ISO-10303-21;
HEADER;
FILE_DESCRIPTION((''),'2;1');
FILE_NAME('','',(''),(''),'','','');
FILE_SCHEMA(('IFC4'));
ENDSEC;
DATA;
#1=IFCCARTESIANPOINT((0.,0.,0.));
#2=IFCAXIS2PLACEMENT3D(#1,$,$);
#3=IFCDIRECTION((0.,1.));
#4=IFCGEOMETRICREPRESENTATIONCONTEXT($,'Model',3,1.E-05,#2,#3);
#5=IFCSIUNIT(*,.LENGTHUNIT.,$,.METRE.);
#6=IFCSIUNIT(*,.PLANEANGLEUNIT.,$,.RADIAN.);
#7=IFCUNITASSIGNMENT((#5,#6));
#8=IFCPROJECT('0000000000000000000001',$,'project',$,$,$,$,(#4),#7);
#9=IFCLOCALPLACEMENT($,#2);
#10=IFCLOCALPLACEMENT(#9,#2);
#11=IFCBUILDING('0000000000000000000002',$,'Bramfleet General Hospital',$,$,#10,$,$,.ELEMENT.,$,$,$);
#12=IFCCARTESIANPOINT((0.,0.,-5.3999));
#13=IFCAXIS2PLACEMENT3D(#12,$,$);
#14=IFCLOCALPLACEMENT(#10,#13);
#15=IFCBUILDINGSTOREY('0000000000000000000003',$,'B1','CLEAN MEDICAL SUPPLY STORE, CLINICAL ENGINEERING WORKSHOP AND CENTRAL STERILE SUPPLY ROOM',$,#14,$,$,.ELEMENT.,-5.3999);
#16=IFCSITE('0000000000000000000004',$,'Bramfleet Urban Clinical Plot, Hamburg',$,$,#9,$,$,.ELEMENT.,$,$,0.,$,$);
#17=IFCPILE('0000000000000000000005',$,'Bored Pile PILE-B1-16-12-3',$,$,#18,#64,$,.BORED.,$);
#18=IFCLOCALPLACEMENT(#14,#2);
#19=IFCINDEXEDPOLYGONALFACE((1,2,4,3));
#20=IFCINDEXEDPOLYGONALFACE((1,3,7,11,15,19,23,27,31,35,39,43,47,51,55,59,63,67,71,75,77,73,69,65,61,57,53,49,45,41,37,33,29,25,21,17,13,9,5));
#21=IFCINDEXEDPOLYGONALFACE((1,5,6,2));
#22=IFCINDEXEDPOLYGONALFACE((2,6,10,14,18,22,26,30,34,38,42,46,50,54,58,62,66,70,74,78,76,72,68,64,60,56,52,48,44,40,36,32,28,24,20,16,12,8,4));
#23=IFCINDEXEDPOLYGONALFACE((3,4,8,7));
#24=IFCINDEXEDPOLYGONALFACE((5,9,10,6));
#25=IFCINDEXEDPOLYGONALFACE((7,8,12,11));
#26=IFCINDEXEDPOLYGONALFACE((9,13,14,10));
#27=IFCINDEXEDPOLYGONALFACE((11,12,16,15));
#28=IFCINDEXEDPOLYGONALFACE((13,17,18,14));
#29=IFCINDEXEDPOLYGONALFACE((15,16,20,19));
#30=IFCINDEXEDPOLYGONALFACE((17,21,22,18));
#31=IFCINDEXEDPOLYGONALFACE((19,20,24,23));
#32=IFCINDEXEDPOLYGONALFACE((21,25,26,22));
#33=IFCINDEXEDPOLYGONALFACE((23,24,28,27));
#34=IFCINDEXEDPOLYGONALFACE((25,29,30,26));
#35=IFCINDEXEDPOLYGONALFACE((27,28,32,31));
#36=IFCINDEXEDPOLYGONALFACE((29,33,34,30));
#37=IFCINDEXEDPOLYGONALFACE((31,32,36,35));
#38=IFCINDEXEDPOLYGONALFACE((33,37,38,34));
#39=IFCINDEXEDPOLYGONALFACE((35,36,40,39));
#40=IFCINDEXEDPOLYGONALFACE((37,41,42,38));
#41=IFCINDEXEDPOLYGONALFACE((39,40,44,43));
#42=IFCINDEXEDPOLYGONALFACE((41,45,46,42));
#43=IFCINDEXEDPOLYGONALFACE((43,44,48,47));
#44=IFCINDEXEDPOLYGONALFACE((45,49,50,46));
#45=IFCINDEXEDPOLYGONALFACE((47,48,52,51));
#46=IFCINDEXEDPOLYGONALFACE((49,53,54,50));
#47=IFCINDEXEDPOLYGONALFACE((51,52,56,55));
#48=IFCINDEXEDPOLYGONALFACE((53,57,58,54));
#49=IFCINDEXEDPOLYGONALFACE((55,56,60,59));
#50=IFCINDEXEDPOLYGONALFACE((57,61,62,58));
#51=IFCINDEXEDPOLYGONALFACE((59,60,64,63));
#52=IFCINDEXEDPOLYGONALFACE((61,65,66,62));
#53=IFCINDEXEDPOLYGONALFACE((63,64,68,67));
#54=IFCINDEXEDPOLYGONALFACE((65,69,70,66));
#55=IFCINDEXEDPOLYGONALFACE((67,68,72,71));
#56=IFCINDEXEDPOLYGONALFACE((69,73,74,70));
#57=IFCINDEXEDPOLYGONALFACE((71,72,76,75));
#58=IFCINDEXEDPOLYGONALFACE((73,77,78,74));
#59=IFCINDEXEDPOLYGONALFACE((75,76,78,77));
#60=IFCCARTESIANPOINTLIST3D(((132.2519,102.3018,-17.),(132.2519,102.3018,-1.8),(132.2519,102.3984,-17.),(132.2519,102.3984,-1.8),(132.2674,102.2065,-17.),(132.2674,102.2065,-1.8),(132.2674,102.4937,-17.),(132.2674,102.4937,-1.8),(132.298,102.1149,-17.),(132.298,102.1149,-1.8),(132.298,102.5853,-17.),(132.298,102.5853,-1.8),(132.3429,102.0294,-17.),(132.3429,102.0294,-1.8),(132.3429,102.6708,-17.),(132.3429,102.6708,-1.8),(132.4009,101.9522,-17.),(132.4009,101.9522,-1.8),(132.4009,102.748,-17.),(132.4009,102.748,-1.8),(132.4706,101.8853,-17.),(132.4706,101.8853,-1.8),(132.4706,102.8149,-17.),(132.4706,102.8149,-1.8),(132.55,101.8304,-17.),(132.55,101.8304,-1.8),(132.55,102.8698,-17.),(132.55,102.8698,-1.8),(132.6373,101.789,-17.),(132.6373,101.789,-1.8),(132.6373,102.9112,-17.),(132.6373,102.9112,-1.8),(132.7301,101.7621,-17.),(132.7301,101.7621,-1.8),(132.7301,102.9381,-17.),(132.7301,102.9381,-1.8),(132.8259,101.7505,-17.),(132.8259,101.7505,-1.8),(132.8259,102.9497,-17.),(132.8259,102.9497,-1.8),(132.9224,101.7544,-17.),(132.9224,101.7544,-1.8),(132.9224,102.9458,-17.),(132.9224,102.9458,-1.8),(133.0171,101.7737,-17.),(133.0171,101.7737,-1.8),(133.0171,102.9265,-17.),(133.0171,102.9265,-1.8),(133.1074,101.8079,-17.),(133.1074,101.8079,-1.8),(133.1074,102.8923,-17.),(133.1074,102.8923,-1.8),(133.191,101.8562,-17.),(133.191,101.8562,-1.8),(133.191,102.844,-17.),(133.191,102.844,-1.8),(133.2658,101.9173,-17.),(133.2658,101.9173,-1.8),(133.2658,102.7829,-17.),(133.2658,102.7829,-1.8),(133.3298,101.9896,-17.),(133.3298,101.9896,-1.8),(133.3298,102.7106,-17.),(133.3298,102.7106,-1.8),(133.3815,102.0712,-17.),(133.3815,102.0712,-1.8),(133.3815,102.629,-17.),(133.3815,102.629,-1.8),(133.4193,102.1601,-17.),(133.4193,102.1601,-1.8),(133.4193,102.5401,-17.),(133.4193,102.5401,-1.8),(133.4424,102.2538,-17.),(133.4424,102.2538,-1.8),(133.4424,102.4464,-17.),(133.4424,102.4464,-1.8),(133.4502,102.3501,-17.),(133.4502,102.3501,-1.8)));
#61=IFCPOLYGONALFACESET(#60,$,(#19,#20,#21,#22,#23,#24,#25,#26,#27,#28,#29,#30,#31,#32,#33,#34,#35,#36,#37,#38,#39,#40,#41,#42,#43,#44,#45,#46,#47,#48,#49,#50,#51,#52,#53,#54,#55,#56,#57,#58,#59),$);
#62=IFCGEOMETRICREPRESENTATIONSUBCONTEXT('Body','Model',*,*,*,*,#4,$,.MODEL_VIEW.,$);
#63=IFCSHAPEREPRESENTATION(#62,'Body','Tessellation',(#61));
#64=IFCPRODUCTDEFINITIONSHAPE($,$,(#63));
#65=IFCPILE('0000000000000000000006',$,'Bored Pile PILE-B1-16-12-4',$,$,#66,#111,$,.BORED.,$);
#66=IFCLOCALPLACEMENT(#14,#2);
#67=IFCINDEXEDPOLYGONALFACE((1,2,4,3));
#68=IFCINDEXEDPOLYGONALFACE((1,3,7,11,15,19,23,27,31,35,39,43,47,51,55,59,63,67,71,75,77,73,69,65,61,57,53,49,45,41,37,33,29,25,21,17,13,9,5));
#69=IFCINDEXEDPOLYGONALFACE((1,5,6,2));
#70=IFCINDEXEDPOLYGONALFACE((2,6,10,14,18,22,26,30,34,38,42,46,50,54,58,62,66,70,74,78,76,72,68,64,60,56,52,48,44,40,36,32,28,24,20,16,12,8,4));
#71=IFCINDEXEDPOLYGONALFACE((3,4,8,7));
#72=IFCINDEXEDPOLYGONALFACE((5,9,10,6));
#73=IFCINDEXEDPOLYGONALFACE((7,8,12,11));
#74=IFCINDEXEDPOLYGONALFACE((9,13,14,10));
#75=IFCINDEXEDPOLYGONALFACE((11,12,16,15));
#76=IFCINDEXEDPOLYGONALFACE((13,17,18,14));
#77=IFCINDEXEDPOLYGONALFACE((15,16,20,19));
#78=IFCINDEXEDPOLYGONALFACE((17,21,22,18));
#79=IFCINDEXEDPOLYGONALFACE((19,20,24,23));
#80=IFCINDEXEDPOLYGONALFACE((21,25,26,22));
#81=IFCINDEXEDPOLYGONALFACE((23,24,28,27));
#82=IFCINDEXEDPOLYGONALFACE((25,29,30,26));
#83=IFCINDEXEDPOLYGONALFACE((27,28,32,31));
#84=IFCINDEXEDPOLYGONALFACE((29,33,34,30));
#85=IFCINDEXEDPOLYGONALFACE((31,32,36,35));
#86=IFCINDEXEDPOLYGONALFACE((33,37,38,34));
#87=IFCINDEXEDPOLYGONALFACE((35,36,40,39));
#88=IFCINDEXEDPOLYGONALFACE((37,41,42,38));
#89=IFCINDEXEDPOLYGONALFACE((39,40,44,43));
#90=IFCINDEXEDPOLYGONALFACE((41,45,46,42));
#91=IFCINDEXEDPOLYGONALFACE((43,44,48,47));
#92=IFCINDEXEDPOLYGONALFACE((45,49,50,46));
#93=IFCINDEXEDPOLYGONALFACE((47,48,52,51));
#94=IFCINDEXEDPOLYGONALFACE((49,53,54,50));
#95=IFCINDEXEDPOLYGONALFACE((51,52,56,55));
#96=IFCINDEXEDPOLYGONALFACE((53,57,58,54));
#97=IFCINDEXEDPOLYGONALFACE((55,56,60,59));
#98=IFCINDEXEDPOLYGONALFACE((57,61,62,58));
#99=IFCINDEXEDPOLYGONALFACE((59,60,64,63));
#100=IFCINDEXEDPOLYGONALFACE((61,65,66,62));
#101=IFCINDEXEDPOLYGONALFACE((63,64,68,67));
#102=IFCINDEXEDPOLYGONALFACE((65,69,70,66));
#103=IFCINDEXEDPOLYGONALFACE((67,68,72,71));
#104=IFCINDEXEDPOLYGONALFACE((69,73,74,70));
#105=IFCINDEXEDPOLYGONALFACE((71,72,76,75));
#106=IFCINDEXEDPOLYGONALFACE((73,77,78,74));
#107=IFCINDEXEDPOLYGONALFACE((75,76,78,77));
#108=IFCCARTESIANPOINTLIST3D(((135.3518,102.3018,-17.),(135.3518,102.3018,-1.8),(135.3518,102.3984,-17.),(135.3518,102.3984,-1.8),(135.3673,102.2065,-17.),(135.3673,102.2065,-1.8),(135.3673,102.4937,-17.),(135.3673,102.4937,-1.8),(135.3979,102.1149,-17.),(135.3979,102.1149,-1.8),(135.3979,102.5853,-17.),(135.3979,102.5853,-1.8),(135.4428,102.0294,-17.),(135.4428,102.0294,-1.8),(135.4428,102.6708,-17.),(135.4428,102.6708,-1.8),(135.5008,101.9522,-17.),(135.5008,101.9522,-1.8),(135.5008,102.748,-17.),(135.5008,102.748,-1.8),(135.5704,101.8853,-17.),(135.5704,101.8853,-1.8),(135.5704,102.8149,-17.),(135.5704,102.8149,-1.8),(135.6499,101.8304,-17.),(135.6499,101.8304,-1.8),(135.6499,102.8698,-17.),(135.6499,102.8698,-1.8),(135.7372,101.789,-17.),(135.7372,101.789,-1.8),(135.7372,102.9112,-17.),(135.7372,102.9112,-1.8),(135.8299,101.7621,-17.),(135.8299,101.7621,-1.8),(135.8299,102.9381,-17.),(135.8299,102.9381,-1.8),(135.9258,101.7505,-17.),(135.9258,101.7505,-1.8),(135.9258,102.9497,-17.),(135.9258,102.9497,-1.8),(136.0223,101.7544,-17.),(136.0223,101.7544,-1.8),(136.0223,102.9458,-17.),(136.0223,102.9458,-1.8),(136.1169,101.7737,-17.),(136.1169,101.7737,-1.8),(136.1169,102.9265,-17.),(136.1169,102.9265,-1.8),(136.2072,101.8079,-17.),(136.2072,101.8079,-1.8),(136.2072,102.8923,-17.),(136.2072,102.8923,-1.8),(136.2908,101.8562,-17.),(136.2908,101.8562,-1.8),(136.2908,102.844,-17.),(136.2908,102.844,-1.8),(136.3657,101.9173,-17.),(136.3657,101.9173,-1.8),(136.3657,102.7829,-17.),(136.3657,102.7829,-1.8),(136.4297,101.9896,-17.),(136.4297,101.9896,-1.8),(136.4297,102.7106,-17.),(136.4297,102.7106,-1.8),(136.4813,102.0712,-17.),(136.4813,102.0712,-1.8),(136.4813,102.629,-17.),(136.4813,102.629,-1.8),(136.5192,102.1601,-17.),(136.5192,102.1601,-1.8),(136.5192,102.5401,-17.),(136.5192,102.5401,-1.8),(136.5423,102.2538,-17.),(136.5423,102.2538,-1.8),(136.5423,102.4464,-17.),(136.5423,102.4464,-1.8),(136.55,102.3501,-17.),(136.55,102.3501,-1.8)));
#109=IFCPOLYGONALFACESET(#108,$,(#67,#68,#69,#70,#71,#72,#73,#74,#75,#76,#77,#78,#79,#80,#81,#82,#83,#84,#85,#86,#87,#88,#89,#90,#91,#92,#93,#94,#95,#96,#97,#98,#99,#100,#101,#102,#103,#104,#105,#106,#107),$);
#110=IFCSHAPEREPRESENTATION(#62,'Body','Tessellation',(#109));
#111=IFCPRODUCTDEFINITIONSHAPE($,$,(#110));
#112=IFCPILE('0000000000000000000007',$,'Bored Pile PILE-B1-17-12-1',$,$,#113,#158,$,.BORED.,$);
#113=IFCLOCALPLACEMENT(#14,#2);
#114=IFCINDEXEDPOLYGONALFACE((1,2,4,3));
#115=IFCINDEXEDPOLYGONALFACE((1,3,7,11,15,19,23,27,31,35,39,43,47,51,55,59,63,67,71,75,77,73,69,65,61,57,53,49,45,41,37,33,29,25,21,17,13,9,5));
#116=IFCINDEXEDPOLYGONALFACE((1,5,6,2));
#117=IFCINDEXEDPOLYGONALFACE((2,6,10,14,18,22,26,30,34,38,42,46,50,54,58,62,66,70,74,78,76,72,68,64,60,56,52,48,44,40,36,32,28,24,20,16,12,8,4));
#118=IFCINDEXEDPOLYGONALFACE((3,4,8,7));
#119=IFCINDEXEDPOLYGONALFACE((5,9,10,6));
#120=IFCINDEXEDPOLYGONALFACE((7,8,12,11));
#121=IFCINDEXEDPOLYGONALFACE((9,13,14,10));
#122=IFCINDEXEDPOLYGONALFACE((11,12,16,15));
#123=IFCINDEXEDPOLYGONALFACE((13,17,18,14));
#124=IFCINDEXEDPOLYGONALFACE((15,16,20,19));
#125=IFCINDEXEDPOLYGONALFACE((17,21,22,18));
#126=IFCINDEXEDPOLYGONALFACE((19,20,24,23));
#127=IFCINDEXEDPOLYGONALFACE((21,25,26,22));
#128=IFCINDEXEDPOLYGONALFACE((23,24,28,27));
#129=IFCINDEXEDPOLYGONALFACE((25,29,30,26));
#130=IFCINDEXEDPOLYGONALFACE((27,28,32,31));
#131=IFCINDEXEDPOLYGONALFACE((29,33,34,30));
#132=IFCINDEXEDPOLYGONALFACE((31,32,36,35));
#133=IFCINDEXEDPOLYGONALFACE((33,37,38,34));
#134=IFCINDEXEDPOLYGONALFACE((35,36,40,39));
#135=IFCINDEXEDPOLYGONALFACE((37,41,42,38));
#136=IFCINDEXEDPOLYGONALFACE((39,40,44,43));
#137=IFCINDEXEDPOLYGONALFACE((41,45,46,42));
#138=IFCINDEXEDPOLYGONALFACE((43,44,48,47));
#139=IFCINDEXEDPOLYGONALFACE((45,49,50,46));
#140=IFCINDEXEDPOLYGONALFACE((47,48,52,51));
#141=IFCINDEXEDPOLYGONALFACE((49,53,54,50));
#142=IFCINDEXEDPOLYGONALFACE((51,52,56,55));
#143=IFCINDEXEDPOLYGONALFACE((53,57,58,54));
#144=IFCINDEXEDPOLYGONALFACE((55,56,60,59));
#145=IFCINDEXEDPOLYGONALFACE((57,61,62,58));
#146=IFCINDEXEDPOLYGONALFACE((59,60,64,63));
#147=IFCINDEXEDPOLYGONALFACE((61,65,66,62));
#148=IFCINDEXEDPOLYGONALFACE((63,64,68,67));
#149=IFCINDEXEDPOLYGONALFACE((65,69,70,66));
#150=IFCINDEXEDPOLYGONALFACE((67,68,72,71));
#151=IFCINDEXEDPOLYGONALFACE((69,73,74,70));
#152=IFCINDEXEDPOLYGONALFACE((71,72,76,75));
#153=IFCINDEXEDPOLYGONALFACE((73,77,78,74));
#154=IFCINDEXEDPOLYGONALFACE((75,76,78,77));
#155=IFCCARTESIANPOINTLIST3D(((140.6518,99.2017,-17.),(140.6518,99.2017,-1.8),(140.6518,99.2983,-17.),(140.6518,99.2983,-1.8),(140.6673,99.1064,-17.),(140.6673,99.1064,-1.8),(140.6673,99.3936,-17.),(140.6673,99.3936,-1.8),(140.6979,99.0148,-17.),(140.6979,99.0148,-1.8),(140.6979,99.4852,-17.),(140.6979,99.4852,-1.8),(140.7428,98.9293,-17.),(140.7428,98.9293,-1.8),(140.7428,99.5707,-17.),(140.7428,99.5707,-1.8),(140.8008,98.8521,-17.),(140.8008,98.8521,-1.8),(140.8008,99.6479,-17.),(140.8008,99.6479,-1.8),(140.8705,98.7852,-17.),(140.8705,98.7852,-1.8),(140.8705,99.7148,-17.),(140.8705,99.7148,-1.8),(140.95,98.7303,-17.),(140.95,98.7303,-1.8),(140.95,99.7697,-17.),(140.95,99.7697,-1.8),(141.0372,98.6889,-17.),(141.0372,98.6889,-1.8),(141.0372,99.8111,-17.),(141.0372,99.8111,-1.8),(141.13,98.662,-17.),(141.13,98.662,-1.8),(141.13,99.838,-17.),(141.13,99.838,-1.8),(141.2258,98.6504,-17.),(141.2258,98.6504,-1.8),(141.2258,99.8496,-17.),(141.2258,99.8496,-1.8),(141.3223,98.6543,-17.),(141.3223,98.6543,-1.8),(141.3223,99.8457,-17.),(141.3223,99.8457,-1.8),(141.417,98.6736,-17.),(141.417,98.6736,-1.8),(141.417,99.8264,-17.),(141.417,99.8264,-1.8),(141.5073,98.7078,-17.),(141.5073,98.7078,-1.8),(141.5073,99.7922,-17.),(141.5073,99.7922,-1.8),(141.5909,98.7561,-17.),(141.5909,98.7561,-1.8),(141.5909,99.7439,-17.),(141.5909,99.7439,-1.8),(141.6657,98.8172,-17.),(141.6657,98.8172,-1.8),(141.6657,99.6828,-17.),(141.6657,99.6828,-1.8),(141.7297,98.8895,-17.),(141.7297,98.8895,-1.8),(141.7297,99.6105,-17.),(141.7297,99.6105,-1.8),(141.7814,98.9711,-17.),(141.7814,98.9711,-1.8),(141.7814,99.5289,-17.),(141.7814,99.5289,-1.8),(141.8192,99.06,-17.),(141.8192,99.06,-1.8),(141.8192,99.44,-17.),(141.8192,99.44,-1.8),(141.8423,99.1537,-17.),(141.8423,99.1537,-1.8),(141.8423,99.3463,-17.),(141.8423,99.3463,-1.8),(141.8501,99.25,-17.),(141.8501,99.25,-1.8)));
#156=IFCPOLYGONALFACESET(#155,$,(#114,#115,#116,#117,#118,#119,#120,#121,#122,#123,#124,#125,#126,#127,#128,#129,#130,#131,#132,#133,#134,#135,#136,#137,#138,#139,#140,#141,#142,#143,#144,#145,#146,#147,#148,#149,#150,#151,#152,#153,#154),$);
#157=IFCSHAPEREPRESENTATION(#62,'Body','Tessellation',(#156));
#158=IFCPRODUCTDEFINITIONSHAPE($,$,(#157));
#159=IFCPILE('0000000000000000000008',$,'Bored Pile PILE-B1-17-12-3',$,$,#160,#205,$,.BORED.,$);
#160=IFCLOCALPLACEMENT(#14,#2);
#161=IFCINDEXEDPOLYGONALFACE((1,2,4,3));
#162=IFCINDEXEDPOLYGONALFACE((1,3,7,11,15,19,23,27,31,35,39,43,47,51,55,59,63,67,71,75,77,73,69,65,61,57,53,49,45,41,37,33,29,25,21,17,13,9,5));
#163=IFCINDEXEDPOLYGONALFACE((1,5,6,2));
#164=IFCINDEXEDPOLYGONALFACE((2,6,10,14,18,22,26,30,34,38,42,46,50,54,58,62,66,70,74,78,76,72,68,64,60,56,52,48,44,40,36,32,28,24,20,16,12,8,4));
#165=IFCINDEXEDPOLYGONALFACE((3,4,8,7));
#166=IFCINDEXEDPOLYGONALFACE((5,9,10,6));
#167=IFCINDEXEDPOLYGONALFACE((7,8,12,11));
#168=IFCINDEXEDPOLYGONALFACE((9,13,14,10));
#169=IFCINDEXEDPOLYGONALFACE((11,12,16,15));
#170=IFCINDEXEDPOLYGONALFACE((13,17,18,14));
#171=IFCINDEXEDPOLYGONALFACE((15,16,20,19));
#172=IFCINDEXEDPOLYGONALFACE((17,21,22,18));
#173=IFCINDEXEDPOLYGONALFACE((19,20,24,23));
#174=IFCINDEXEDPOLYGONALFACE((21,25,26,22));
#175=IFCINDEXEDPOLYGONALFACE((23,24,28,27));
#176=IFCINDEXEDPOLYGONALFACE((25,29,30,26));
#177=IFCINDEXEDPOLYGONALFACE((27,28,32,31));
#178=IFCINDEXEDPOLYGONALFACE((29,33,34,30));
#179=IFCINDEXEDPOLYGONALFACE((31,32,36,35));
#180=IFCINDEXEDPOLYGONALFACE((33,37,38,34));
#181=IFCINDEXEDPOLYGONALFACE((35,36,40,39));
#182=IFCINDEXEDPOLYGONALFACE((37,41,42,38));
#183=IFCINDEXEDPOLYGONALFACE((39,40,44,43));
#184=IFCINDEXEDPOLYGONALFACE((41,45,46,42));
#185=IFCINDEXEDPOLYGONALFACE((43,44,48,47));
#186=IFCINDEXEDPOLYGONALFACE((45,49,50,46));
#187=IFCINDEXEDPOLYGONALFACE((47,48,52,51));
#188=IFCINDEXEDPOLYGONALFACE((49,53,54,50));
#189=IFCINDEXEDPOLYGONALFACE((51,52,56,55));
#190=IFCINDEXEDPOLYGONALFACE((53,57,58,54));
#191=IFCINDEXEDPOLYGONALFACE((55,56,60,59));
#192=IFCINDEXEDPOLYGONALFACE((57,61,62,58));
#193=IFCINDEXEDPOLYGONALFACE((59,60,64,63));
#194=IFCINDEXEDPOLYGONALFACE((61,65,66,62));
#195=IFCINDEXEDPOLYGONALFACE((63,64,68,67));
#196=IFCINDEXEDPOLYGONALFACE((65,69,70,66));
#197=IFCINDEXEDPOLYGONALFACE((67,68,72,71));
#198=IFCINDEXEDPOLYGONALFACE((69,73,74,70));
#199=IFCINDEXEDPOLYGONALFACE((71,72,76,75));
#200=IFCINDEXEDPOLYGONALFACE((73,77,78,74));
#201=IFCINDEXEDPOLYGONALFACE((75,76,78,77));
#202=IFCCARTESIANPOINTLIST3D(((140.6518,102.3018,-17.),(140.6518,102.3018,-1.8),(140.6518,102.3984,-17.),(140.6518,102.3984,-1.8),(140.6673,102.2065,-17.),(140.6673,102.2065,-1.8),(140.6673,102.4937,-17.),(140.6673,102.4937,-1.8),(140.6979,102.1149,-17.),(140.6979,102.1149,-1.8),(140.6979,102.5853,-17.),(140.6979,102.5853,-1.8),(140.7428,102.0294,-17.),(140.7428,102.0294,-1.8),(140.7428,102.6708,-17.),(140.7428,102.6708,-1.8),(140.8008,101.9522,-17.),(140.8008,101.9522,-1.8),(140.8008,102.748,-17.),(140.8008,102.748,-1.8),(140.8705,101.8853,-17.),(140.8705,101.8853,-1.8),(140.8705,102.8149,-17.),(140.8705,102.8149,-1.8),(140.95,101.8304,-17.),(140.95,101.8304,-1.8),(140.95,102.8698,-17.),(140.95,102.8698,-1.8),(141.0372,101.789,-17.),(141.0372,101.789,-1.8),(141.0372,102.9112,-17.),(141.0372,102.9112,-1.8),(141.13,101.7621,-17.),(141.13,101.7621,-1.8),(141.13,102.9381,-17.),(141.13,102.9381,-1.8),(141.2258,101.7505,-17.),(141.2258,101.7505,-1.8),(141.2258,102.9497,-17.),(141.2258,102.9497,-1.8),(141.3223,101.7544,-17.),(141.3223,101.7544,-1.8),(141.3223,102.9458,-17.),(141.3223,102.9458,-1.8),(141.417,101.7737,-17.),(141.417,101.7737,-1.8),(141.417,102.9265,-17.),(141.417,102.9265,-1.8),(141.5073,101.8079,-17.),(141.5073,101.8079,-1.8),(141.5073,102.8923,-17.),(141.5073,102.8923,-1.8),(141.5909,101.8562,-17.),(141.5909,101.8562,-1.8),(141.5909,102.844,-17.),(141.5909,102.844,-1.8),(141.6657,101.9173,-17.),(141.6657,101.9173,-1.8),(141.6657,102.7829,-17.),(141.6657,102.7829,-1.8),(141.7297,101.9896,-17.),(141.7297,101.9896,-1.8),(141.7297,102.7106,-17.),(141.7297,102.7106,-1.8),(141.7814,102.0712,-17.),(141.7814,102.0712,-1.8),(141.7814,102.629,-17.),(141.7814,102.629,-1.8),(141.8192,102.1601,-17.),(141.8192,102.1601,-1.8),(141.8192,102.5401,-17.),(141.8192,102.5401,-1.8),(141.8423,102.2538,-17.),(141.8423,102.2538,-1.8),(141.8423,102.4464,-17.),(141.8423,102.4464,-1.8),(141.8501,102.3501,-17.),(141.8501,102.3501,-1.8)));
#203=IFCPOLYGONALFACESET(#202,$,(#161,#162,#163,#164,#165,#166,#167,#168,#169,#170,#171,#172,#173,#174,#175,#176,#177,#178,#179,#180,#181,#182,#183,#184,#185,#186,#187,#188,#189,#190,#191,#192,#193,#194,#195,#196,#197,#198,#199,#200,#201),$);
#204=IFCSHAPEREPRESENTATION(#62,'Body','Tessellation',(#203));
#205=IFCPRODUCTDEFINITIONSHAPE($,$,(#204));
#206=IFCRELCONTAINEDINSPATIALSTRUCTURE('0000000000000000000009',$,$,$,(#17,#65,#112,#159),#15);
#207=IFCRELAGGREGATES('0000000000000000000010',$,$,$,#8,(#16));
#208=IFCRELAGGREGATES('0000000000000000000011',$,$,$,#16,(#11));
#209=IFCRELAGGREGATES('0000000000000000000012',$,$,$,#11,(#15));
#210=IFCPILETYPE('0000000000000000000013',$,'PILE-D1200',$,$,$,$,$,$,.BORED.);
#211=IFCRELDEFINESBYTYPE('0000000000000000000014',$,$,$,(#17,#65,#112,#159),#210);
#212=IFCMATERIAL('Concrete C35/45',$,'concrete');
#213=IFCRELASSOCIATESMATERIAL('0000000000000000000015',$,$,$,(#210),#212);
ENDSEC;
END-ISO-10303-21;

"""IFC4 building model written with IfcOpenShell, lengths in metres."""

from ifc_helpers import new_model, si_unit, direction, frame, origin, origin_2d, place, context, subcontext, project, spatial, circle, extrude, material, material_profile, profile_set, type_object, element, save


model = new_model("IFC4")

# Units and contexts
model_context = context("Model", 3, precision=1e-05, world=origin(), true_north=direction((0.0, 1.0)))
body_context = subcontext(model_context, "Body", "Model", "MODEL_VIEW")
ifc_project = project(units=[si_unit("LENGTHUNIT", "METRE"), si_unit("PLANEANGLEUNIT", "RADIAN")], contexts=[model_context])

# Site, building, storey
site_placement = place(None, origin())
site = spatial("IfcSite", under=ifc_project, at=site_placement, Name="Bramfleet Urban Clinical Plot, Hamburg", CompositionType="ELEMENT", RefElevation=0.0)
building_placement = place(site_placement, origin())
building = spatial("IfcBuilding", under=site, at=building_placement, Name="Bramfleet General Hospital", CompositionType="ELEMENT")
storey_placement = place(building_placement, frame((0.0, 0.0, -5.3999)))
storey = spatial("IfcBuildingStorey", under=building, at=storey_placement, Name="B1", Description="CLEAN MEDICAL SUPPLY STORE, CLINICAL ENGINEERING WORKSHOP AND CENTRAL STERILE SUPPLY ROOM", CompositionType="ELEMENT", Elevation=-5.3999)

# Shared definitions
ifc_material_1 = material(Name="Concrete C35/45", Category="concrete")

# Piles
ifc_material_profile_1 = material_profile(ifc_material_1, circle(Radius=0.6001, at=origin_2d()), Name="PILE BORED D1200")
ifc_profile_set_1 = profile_set([ifc_material_profile_1], Name="Concrete C35/45")
pile_type_1 = type_object("IfcPileType", Name="PILE-D1200", PredefinedType="BORED", material=ifc_profile_set_1)
for number, where, z_axis, x_axis, name in (
    (1, (132.8501, 102.3501, -1.8), (0.0, 0.0, -1.0), (1.0, 0.0, 0.0), "Bored Pile PILE-B1-16-12-3"),
    (2, (135.95, 102.3501, -1.8), (0.0, 0.0, -1.0), (1.0, 0.0, 0.0), "Bored Pile PILE-B1-16-12-4"),
    (3, (141.25, 99.25, -1.8), (0.0, 0.0, -1.0), (1.0, 0.0, 0.0), "Bored Pile PILE-B1-17-12-1"),
    (4, (141.25, 102.3501, -1.8), (0.0, 0.0, -1.0), (1.0, 0.0, 0.0), "Bored Pile PILE-B1-17-12-3"),
):
    element("IfcPile", number, at=place(storey_placement, frame(where, z_axis=z_axis, x_axis=x_axis)), inside=storey, type_object=pile_type_1, Name=name, PredefinedType="BORED", context=body_context, shape_type="SweptSolid", body=[
        extrude(circle(Radius=0.6001, at=origin_2d()), origin(), (0.0, 0.0, 1.0), 15.2),
    ])

save(model, "model.ifc")
